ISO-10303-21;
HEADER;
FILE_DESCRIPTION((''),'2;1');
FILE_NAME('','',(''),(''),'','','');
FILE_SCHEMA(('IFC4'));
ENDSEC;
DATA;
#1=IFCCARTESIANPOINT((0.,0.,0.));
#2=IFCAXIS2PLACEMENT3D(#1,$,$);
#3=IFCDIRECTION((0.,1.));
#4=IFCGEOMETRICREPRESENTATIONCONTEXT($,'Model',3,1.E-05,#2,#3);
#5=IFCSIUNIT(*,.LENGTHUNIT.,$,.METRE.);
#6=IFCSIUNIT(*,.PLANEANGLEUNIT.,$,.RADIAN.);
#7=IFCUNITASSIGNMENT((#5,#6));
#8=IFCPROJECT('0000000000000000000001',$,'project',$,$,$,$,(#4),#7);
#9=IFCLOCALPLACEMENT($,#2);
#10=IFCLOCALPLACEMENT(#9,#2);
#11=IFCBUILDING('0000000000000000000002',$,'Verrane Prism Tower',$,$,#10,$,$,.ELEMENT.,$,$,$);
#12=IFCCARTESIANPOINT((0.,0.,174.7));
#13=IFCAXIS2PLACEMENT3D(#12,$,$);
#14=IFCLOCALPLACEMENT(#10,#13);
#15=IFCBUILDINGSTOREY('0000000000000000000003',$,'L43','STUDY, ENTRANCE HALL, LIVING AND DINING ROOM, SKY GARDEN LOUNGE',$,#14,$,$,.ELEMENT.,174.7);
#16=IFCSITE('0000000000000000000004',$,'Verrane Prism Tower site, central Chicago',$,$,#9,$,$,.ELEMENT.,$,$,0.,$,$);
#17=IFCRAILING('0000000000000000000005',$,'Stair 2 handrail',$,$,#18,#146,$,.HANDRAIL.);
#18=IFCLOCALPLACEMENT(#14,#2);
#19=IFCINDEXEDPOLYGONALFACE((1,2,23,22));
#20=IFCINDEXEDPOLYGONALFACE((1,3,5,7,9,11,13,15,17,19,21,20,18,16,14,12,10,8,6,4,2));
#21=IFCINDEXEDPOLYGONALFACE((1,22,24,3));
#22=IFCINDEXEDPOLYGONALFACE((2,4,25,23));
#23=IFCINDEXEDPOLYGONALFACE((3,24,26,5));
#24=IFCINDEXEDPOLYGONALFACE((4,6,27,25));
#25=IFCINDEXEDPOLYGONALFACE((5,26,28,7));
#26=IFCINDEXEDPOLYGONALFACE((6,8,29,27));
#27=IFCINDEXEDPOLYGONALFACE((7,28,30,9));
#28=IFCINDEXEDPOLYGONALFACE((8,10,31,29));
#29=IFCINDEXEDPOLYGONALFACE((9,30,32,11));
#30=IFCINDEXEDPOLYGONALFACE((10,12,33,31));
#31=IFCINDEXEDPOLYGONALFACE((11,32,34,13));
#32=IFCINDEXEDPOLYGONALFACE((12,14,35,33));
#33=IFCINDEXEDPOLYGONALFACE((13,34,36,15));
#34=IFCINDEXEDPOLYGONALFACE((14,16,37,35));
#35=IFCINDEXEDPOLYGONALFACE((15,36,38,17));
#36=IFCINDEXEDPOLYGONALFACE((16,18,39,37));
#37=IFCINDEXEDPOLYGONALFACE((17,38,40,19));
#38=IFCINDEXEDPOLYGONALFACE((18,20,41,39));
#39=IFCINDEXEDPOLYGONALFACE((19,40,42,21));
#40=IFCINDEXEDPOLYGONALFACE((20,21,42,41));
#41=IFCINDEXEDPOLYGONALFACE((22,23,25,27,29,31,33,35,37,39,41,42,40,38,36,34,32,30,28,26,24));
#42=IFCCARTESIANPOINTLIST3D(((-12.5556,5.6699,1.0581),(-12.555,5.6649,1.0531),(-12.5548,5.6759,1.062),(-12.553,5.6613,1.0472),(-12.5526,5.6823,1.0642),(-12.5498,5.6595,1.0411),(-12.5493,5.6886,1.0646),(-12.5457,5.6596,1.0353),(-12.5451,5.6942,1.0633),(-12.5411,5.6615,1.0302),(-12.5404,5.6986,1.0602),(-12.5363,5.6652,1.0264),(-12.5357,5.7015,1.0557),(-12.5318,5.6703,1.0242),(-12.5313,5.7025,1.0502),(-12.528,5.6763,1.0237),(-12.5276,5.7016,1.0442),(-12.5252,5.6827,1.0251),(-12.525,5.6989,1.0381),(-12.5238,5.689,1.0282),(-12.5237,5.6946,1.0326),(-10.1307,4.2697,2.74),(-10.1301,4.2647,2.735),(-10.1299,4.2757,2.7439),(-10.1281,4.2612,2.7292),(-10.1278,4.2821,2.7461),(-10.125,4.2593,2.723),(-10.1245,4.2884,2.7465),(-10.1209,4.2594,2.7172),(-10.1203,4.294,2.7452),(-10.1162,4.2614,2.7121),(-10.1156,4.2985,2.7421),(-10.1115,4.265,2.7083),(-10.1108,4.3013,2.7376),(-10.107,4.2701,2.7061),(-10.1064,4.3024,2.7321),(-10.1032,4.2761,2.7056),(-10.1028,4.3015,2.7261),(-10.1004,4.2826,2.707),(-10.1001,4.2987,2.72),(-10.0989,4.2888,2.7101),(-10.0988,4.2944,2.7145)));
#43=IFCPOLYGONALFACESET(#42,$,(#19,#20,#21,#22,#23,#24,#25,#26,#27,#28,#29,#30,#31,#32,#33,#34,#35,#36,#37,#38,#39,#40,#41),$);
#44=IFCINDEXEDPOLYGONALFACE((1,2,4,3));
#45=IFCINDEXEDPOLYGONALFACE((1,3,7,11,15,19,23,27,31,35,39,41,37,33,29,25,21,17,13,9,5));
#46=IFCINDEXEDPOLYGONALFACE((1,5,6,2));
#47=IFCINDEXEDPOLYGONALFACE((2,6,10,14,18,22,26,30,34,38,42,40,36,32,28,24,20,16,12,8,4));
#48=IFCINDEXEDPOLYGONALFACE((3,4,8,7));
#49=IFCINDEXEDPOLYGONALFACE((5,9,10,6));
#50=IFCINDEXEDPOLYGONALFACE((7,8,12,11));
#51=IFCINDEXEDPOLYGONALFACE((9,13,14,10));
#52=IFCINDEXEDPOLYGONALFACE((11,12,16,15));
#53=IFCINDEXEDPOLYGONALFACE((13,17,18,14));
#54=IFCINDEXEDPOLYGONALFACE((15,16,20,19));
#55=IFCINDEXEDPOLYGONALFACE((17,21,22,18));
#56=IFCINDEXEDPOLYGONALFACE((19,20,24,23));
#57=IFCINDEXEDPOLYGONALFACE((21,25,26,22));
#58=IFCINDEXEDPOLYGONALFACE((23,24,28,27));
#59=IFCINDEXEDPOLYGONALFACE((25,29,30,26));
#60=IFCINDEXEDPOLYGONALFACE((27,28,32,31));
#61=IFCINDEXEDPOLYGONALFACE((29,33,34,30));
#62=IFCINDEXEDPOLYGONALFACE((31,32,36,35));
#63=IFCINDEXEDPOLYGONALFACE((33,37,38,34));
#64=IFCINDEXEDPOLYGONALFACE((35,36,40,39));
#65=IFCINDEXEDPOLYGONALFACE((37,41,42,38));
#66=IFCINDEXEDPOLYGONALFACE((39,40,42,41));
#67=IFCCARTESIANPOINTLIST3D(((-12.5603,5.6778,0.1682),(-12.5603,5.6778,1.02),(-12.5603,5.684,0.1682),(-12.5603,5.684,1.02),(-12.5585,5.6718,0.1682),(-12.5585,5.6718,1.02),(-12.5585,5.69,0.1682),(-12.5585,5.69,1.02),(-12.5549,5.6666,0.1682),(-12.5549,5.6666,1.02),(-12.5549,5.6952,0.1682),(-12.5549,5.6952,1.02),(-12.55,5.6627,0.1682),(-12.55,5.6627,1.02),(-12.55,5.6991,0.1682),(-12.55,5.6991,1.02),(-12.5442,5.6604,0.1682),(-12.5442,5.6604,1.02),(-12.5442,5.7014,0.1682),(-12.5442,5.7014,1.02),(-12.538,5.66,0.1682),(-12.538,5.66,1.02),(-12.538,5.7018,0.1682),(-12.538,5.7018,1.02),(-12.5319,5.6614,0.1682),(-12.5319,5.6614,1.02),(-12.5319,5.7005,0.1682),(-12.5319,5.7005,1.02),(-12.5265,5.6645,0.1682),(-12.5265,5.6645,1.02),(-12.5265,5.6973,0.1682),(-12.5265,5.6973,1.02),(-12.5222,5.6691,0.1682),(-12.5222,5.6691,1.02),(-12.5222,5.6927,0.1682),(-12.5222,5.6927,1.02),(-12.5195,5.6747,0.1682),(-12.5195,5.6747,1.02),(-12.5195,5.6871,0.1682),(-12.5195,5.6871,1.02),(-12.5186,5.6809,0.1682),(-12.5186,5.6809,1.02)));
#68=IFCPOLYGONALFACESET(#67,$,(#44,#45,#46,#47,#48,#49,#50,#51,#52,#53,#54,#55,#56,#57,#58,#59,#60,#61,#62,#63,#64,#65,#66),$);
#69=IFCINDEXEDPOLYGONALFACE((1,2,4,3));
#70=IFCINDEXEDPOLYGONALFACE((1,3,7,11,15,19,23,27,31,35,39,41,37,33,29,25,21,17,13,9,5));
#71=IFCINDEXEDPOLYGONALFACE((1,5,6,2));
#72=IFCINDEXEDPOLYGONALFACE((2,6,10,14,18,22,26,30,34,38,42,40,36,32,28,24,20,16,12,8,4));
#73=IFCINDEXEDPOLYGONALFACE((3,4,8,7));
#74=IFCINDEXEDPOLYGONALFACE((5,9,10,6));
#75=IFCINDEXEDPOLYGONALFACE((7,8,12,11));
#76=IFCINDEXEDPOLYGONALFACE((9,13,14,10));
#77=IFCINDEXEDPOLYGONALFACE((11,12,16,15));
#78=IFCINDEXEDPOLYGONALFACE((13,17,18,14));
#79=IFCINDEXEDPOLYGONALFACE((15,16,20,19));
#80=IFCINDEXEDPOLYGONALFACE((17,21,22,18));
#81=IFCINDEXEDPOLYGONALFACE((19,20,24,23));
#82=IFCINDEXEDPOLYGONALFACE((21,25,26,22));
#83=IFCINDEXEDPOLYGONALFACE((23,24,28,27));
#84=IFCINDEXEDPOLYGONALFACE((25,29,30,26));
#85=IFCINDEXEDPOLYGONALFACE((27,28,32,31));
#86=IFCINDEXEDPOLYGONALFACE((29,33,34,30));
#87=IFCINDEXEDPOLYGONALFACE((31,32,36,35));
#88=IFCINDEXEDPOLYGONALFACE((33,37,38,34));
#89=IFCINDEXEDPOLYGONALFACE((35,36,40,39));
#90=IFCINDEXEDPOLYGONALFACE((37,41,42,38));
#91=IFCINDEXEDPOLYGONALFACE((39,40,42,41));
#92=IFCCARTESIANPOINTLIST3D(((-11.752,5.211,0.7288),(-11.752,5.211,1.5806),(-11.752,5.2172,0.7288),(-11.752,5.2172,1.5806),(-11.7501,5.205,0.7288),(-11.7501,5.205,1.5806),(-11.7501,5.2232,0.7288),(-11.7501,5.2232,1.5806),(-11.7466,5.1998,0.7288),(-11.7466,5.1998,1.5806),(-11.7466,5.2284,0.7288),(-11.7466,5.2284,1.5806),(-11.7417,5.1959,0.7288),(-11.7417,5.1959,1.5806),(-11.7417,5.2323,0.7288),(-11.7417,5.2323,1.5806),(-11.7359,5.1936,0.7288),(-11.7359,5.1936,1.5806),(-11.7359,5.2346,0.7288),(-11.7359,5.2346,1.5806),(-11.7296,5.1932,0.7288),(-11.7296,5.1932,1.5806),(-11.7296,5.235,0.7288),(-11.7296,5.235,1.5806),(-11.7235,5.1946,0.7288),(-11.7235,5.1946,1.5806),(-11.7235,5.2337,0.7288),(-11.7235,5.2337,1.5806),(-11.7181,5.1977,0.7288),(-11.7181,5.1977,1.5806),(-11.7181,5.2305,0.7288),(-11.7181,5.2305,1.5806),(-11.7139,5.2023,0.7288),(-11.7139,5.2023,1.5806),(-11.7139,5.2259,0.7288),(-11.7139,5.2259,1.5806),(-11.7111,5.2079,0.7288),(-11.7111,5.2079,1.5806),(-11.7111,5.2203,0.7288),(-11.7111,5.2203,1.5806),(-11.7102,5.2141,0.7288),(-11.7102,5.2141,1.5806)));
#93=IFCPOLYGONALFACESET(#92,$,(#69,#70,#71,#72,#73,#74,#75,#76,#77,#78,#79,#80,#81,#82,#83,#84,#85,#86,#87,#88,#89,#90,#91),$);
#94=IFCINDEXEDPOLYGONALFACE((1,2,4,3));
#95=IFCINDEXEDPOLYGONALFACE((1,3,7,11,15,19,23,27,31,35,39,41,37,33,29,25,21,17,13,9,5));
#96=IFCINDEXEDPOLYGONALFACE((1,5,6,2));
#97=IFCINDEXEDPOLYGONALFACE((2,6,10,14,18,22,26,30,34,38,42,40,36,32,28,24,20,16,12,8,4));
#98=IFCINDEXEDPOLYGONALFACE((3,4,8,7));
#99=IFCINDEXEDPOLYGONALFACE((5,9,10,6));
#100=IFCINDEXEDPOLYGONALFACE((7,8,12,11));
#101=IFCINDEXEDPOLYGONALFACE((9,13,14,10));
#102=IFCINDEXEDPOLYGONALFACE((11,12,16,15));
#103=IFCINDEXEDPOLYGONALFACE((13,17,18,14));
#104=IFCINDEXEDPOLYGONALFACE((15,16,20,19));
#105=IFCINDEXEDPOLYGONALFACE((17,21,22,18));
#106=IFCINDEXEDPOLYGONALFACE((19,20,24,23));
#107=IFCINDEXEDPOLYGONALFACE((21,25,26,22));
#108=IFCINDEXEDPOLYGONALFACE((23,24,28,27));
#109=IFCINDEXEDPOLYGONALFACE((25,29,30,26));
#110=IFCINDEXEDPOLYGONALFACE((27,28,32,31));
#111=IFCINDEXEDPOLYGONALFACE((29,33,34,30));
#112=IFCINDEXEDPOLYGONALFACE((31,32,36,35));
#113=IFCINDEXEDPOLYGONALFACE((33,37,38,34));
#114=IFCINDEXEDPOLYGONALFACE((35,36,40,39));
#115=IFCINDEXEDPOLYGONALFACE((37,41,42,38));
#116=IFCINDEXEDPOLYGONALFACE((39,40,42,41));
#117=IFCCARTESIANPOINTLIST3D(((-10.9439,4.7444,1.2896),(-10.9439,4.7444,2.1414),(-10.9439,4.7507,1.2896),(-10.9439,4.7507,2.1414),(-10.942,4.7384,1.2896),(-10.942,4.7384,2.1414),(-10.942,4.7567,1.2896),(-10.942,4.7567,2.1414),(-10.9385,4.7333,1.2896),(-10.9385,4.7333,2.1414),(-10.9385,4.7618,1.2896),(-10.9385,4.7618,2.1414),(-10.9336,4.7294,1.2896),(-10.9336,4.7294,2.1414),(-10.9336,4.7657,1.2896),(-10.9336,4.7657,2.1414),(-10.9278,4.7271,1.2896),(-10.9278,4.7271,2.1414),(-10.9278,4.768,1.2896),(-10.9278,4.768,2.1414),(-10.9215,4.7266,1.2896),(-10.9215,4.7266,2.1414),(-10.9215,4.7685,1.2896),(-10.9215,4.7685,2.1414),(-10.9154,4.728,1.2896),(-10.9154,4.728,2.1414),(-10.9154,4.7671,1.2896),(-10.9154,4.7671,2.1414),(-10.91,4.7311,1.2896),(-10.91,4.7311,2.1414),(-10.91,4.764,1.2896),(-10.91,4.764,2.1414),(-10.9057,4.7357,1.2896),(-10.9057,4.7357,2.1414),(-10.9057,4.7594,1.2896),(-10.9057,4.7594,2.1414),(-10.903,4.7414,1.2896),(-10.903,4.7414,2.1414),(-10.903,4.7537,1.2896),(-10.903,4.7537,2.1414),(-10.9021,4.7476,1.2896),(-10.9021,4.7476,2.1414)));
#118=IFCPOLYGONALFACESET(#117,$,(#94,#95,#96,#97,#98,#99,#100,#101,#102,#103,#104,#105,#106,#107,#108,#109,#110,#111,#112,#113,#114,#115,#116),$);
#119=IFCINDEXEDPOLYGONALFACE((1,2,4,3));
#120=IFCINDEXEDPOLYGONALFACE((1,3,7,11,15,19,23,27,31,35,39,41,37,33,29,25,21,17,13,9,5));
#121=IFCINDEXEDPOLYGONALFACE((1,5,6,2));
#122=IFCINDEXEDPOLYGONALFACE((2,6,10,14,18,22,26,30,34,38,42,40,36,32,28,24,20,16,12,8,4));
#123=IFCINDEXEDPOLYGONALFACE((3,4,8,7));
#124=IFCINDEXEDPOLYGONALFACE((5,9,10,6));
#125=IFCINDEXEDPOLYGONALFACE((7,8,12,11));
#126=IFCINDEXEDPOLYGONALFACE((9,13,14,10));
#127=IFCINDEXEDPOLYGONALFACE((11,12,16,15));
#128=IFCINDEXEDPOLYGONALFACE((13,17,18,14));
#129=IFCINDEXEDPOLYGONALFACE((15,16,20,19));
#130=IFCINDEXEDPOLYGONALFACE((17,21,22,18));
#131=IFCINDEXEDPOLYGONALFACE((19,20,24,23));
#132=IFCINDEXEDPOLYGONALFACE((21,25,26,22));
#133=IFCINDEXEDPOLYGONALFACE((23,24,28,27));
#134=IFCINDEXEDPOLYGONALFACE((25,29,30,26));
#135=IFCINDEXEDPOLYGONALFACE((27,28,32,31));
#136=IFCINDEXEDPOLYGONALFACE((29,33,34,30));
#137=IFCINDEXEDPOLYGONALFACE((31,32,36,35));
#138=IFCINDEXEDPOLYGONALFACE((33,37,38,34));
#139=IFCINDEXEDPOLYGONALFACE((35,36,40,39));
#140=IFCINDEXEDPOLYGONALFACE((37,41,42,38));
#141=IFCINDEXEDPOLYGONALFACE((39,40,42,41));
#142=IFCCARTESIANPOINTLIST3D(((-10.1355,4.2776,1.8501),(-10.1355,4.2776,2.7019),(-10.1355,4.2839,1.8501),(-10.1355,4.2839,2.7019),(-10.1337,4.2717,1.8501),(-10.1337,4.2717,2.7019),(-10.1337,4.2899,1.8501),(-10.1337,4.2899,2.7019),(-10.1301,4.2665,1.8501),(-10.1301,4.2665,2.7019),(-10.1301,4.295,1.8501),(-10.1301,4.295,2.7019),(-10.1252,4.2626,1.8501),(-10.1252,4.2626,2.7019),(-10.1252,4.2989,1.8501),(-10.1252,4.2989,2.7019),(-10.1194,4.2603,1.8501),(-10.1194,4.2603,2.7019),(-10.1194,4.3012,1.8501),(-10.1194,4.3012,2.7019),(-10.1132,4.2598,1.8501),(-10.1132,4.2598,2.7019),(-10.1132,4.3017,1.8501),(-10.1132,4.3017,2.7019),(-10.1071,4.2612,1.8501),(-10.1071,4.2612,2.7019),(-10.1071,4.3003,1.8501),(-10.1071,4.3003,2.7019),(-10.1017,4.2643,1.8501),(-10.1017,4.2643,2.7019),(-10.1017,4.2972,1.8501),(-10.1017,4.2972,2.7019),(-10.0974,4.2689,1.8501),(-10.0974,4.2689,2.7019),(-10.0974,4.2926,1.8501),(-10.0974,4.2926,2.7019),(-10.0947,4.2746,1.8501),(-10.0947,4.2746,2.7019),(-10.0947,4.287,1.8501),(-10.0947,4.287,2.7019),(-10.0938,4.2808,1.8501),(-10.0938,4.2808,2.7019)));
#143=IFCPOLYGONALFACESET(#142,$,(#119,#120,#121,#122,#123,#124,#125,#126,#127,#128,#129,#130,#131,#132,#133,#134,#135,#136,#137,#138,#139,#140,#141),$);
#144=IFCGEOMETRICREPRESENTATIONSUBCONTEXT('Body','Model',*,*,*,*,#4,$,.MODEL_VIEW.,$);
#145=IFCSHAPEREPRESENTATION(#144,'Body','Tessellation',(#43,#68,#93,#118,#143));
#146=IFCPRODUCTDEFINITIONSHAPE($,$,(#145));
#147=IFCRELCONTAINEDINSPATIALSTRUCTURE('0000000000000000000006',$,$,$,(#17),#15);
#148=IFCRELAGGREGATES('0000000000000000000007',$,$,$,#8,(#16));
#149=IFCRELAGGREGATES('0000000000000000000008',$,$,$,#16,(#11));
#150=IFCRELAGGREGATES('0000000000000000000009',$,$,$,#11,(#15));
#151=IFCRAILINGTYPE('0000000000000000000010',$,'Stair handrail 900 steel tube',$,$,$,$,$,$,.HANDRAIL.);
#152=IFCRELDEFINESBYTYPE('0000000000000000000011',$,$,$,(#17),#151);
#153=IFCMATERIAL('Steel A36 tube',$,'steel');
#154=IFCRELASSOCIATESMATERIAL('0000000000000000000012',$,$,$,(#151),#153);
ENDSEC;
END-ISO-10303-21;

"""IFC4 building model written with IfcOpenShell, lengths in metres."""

from ifc_helpers import new_model, si_unit, direction, frame, origin, origin_2d, place, context, subcontext, project, spatial, circle, extrude, material, type_object, element, save


model = new_model("IFC4")

# Units and contexts
model_context = context("Model", 3, precision=1e-05, world=origin(), true_north=direction((0.0, 1.0)))
body_context = subcontext(model_context, "Body", "Model", "MODEL_VIEW")
ifc_project = project(units=[si_unit("LENGTHUNIT", "METRE"), si_unit("PLANEANGLEUNIT", "RADIAN")], contexts=[model_context])

# Site, building, storey
site_placement = place(None, origin())
site = spatial("IfcSite", under=ifc_project, at=site_placement, Name="Verrane Prism Tower site, central Chicago", CompositionType="ELEMENT", RefElevation=0.0)
building_placement = place(site_placement, origin())
building = spatial("IfcBuilding", under=site, at=building_placement, Name="Verrane Prism Tower", CompositionType="ELEMENT")
storey_placement = place(building_placement, frame((0.0, 0.0, 174.7)))
storey = spatial("IfcBuildingStorey", under=building, at=storey_placement, Name="L43", Description="STUDY, ENTRANCE HALL, LIVING AND DINING ROOM, SKY GARDEN LOUNGE", CompositionType="ELEMENT", Elevation=174.7)

# Railing
ifc_material_1 = material(Name="Steel A36 tube", Category="steel")
railing_type_1 = type_object("IfcRailingType", Name="Stair handrail 900 steel tube", PredefinedType="HANDRAIL", material=ifc_material_1)
railing_1_placement = place(storey_placement, frame((-12.5396, 5.6809, 0.1682)))
element("IfcRailing", 1, at=railing_1_placement, inside=storey, type_object=railing_type_1, Name="Stair 2 handrail", PredefinedType="HANDRAIL", context=body_context, shape_type="SweptSolid", body=[
    extrude(circle(Radius=0.0239, at=origin_2d()), frame((0.0, 0.0, 0.876), z_axis=(0.742367, -0.428662, 0.514918), x_axis=(0.50005, 0.865997, 0.0)), (0.0, 0.0, 1.0), 3.2664),
    extrude(circle(Radius=0.021, at=origin_2d()), origin(), (0.0, 0.0, 1.0), 0.8518),
    extrude(circle(Radius=0.021, at=origin_2d()), frame((0.8083, -0.4668, 0.5605)), (0.0, 0.0, 1.0), 0.8518),
    extrude(circle(Radius=0.021, at=origin_2d()), frame((1.6165, -0.9333, 1.1213)), (0.0, 0.0, 1.0), 0.8518),
    extrude(circle(Radius=0.021, at=origin_2d()), frame((2.4248, -1.4001, 1.6819)), (0.0, 0.0, 1.0), 0.8518),
])

save(model, "model.ifc")
